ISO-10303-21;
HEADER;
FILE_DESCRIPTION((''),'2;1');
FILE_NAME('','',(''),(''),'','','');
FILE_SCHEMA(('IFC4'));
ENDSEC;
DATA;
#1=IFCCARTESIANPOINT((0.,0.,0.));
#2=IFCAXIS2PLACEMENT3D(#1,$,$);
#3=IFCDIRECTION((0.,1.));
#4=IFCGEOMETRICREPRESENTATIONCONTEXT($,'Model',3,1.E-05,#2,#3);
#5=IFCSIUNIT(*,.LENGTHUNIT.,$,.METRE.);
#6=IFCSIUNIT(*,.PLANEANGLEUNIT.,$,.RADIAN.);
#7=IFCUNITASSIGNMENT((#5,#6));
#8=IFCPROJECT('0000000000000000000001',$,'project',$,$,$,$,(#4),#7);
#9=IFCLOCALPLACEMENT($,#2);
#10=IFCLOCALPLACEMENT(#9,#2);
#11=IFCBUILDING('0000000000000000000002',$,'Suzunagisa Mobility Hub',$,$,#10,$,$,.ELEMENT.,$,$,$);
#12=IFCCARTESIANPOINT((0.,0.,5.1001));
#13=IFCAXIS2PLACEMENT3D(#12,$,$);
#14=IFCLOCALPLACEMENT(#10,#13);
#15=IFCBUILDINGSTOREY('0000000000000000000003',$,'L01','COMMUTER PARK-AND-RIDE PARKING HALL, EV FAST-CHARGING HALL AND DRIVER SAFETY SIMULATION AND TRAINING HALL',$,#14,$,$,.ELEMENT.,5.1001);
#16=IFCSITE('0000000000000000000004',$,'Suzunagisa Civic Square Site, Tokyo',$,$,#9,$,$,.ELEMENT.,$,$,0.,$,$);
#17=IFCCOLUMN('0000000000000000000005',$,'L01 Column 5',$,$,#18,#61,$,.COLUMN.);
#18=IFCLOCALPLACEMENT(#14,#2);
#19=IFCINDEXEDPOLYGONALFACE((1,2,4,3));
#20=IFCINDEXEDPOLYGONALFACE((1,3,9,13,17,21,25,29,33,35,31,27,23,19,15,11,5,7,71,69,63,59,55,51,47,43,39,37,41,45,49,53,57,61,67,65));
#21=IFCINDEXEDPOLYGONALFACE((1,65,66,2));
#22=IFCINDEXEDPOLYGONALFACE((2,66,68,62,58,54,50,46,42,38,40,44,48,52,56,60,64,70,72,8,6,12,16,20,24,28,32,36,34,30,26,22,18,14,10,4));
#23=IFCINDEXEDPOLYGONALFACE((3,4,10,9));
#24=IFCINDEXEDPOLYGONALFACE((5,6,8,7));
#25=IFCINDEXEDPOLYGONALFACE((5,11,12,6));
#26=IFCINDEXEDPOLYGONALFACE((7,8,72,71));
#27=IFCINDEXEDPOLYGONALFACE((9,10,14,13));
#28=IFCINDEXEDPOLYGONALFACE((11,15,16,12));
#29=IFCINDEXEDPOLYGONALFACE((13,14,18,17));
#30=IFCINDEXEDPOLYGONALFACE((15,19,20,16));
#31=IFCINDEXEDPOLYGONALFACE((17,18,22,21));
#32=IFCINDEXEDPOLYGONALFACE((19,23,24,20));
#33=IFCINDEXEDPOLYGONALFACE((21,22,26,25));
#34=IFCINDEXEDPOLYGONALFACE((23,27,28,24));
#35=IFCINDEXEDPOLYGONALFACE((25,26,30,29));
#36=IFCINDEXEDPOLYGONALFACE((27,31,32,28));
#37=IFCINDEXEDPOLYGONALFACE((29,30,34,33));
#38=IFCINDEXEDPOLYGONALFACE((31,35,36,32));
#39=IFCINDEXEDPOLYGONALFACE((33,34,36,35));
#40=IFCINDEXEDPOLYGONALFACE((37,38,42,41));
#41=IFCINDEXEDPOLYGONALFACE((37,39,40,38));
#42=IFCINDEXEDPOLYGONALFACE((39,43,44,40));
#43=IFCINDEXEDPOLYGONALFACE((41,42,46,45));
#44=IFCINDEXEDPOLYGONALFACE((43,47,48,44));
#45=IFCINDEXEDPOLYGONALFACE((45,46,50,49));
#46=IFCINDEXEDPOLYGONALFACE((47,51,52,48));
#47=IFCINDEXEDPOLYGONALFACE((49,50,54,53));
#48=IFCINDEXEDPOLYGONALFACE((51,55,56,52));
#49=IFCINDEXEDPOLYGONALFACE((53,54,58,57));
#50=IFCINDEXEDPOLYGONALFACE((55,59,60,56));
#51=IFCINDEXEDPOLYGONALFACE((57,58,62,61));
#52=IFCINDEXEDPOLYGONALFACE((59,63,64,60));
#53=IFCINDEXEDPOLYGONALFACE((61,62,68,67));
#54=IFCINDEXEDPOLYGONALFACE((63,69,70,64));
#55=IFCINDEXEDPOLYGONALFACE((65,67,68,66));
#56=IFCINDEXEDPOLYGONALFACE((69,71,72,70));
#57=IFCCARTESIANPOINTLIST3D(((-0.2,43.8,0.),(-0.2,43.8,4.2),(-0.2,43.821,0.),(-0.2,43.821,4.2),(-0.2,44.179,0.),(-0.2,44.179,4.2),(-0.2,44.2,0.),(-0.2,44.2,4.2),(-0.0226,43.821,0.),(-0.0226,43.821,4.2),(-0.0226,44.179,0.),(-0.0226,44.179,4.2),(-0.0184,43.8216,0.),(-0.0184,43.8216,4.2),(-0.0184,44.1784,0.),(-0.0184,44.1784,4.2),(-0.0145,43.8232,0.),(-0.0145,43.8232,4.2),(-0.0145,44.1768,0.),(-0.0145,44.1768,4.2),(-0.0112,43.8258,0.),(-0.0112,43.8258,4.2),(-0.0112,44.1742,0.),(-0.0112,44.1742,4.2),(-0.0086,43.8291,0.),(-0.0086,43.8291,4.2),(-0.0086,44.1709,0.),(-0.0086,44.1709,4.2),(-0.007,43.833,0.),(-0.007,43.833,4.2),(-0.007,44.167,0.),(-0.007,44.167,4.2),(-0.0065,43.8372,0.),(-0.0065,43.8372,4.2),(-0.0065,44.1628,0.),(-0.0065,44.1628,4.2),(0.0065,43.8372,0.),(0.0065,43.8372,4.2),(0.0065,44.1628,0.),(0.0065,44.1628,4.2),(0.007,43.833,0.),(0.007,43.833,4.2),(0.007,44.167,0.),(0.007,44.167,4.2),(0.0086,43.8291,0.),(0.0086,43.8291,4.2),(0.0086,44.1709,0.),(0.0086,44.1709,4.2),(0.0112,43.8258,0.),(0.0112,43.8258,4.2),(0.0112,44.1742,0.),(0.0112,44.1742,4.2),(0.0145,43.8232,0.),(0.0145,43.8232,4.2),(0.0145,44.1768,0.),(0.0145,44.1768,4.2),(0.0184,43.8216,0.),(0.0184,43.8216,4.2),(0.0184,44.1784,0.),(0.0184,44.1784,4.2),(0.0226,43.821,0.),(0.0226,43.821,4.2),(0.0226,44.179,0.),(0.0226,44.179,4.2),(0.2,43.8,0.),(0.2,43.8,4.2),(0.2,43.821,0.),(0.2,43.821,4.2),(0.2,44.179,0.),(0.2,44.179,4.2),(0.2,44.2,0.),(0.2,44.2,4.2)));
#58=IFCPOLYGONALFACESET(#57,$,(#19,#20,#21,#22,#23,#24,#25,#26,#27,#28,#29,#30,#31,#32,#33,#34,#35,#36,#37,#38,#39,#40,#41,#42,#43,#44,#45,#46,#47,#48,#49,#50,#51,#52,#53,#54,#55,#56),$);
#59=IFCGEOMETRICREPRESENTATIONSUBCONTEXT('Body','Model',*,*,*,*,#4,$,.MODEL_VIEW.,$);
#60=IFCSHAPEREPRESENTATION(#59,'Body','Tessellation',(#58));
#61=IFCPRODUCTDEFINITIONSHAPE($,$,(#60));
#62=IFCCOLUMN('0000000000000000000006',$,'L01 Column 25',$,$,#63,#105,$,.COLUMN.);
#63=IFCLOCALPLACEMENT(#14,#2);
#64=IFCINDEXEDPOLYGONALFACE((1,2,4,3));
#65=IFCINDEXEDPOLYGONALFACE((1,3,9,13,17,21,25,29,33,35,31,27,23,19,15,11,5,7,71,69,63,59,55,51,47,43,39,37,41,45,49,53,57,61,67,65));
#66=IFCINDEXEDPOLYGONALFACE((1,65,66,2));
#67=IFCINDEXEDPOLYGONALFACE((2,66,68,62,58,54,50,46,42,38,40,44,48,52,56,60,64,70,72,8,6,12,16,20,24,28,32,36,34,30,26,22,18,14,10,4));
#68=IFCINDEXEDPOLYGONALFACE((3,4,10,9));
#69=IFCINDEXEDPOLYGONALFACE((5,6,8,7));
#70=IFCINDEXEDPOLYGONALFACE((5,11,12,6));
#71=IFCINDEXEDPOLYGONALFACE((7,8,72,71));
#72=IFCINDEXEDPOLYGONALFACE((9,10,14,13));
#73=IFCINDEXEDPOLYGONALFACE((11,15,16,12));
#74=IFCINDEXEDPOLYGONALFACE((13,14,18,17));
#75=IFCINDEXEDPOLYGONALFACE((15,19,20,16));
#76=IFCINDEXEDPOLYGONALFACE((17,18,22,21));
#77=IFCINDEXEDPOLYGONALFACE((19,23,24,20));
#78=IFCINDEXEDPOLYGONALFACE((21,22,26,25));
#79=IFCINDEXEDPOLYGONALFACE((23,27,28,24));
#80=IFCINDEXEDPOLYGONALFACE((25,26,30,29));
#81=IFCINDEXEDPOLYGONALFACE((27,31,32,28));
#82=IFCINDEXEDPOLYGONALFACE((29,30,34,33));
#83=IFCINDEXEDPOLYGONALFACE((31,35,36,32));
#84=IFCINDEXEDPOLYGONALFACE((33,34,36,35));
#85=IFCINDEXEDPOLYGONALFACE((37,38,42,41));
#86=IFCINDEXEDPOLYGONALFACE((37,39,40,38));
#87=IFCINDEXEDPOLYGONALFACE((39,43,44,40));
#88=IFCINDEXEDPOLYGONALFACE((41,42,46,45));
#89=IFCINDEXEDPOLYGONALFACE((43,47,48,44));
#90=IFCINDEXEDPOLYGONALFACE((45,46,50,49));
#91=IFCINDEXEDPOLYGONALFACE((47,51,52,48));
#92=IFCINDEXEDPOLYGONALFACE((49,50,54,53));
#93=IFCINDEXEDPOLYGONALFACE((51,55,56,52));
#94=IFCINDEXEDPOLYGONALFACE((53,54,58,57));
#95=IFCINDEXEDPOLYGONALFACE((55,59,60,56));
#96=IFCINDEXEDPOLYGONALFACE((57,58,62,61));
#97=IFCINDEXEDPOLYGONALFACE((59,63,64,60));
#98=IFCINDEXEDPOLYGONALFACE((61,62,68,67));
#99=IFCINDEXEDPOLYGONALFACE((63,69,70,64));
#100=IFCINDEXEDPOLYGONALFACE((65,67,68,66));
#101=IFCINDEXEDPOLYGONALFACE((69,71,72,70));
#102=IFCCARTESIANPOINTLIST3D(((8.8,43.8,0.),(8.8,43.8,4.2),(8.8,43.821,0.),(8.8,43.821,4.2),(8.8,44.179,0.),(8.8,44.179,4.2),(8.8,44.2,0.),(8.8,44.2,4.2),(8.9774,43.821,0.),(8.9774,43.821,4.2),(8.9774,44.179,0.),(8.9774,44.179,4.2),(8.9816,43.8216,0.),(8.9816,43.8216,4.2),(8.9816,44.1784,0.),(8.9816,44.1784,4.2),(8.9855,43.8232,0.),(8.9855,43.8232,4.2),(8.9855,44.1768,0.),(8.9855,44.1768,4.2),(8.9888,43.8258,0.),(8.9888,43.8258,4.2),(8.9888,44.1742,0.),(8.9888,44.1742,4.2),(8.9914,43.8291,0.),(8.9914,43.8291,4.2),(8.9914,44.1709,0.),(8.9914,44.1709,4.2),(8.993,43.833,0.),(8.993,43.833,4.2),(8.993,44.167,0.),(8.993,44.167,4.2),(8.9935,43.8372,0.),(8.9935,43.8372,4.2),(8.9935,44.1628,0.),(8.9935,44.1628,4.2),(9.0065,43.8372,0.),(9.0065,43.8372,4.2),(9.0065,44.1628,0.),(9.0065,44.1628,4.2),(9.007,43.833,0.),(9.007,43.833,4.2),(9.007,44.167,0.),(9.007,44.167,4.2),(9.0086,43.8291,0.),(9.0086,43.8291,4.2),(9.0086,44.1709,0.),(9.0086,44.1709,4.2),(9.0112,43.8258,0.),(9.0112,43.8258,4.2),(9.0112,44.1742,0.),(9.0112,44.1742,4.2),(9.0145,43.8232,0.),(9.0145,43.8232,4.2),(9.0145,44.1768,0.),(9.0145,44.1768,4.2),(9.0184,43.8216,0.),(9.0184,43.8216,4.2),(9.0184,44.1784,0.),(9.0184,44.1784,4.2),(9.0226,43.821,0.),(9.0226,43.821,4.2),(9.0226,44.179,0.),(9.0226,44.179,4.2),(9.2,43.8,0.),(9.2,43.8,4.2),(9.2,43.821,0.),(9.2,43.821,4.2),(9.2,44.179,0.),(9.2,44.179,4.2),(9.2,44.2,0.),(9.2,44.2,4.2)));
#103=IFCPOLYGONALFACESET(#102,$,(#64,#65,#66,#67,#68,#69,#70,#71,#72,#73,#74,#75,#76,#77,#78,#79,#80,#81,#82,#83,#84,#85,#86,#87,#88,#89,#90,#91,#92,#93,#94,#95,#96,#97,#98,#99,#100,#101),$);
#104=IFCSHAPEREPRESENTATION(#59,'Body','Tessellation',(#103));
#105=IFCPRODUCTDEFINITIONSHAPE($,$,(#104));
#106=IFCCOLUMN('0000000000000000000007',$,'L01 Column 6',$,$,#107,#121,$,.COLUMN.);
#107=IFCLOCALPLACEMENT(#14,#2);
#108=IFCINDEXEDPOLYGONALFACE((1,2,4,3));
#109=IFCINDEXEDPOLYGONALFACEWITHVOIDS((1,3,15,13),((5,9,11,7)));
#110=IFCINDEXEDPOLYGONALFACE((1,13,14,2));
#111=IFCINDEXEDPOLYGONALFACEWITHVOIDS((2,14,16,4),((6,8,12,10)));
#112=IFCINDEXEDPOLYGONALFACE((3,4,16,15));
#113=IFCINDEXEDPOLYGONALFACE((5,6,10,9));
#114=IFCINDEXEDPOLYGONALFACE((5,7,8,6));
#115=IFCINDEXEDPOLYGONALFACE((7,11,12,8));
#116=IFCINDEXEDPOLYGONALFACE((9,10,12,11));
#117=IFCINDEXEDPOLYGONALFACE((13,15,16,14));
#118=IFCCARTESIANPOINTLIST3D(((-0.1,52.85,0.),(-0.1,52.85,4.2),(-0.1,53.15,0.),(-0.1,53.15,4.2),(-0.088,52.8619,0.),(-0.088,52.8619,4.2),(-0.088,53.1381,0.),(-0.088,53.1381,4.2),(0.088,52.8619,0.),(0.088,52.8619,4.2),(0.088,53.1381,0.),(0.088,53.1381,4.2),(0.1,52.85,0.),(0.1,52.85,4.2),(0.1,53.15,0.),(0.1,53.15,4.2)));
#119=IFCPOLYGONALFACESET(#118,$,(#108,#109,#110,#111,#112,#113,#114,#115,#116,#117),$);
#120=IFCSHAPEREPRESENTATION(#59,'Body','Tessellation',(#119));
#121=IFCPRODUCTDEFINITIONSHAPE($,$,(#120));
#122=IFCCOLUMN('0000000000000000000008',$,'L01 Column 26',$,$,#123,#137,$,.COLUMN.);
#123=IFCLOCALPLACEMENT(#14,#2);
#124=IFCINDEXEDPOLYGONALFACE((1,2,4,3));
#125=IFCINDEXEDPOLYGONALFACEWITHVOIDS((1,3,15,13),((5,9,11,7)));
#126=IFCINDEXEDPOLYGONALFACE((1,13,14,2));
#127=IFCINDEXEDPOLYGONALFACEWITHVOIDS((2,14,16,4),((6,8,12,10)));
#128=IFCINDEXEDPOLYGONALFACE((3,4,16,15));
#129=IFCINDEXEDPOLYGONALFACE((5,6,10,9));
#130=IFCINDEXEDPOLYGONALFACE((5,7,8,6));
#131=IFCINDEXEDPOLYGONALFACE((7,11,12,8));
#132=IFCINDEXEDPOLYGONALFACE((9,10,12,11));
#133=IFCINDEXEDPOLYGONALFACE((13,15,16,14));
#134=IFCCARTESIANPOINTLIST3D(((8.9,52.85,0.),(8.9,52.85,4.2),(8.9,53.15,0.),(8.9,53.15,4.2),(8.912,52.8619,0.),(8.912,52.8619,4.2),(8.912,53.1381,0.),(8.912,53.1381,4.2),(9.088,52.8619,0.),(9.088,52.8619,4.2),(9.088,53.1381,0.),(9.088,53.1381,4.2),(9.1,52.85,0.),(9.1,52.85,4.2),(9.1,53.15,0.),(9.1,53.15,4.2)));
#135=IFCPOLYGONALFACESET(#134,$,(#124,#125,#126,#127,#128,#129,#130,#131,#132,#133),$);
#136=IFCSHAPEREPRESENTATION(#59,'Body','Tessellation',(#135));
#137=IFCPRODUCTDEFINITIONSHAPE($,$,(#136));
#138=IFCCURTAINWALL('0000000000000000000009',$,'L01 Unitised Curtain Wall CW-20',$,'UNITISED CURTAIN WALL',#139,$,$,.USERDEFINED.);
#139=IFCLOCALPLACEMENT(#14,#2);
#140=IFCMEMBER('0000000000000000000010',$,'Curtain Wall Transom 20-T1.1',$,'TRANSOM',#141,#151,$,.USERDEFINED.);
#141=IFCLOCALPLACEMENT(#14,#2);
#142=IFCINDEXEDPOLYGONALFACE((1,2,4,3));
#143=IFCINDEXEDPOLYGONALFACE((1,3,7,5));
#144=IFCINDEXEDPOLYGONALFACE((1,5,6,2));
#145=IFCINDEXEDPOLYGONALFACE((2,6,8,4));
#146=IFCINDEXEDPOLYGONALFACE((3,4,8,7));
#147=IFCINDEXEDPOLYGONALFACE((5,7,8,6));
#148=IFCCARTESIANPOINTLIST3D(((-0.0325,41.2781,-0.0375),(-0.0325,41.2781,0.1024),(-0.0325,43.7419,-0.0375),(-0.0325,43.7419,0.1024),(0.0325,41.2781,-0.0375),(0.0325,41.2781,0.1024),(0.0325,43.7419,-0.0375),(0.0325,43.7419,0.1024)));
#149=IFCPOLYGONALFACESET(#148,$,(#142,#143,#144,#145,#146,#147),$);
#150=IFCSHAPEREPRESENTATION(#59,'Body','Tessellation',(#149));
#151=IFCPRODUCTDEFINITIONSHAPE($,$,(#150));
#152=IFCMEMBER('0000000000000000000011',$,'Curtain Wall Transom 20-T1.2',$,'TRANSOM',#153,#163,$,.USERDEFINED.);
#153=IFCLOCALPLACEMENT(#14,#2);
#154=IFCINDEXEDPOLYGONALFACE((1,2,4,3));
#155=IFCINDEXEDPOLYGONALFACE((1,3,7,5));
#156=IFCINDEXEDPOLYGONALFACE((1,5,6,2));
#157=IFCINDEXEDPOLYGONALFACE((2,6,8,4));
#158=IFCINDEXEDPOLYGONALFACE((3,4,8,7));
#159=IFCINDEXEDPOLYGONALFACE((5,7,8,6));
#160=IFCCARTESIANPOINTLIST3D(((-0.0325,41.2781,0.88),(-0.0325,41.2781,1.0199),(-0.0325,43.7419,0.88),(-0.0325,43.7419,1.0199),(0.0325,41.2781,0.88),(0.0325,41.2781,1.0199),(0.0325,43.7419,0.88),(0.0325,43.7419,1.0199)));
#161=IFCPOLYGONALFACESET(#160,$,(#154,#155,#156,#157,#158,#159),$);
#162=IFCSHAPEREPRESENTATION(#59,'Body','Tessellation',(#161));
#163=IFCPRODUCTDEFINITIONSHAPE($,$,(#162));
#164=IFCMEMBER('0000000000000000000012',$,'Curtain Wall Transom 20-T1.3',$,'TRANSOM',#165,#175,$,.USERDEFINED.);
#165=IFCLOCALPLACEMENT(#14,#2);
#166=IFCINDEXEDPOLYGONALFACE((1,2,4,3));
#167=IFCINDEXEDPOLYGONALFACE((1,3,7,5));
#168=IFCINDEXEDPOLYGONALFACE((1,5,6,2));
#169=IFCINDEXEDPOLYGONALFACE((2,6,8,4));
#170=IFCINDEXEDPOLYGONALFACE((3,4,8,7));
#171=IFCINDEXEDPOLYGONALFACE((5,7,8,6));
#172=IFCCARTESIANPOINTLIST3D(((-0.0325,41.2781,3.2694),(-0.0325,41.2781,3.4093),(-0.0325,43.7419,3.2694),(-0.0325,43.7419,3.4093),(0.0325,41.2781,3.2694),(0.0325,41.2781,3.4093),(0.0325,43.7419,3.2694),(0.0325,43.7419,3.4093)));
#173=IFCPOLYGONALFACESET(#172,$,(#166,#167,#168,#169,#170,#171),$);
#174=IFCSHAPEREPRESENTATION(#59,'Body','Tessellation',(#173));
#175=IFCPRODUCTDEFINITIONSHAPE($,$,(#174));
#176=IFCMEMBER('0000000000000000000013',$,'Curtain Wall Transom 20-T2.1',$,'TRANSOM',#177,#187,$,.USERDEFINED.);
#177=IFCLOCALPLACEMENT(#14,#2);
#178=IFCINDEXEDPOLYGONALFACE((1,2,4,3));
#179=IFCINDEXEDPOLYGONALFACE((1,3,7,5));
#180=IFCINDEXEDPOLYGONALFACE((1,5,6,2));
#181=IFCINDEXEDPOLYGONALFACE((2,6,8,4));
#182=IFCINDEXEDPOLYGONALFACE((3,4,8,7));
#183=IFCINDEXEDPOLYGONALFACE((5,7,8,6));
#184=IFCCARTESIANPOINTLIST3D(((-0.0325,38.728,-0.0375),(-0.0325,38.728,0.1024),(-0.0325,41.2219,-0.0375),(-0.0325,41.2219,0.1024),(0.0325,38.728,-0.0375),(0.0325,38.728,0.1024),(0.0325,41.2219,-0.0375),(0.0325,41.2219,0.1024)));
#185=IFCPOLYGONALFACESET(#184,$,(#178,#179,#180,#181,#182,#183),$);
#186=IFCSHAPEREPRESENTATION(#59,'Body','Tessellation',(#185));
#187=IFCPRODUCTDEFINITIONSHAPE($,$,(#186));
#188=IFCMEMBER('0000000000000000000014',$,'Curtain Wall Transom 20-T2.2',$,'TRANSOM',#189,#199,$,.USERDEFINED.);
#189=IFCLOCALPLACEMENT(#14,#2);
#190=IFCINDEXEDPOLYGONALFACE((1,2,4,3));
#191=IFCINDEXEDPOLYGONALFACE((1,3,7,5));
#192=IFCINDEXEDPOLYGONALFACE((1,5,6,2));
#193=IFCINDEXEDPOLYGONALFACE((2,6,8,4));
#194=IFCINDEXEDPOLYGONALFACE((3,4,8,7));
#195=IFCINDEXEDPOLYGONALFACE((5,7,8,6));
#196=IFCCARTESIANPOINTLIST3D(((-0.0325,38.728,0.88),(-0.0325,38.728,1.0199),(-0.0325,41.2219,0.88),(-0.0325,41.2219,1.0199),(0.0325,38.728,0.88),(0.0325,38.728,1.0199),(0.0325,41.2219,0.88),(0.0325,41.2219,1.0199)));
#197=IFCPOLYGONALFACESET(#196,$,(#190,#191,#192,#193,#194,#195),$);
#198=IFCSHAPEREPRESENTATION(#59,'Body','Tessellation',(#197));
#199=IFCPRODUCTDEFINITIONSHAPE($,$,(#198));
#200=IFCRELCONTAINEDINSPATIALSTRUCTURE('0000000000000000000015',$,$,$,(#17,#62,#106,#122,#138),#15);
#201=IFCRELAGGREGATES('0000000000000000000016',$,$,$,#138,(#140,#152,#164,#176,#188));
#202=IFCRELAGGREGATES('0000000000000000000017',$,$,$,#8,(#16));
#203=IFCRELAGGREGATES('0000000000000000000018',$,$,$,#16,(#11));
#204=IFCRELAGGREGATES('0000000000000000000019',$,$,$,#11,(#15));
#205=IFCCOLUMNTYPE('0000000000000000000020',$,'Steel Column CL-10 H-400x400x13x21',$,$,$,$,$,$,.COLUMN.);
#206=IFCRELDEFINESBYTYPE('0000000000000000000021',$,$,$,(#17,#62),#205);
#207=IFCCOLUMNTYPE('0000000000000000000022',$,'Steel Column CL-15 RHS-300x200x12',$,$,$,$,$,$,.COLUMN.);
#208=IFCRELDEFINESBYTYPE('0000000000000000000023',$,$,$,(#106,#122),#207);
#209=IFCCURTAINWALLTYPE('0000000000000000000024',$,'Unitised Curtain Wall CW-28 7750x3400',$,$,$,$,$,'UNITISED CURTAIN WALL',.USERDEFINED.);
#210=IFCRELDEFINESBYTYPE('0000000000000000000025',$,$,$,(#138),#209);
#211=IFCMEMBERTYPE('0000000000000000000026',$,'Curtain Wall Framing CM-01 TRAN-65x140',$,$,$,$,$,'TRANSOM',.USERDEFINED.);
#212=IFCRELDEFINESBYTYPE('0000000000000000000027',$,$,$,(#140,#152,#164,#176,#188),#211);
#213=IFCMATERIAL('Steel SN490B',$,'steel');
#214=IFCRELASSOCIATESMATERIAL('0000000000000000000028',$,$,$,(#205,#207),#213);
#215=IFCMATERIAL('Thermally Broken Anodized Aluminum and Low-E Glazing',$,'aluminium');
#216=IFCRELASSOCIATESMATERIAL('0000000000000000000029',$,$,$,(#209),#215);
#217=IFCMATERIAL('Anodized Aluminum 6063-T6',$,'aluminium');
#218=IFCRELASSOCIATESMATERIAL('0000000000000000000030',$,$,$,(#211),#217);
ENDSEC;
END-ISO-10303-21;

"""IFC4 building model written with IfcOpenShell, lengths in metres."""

from ifc_helpers import new_model, si_unit, direction, frame, origin, origin_2d, place, context, subcontext, project, spatial, rectangle, hollow_rectangle, i_section, extrude, material, material_profile, profile_set, type_object, element, aggregate, save


model = new_model("IFC4")

# Units and contexts
model_context = context("Model", 3, precision=1e-05, world=origin(), true_north=direction((0.0, 1.0)))
body_context = subcontext(model_context, "Body", "Model", "MODEL_VIEW")
ifc_project = project(units=[si_unit("LENGTHUNIT", "METRE"), si_unit("PLANEANGLEUNIT", "RADIAN")], contexts=[model_context])

# Site, building, storey
site_placement = place(None, origin())
site = spatial("IfcSite", under=ifc_project, at=site_placement, Name="Suzunagisa Civic Square Site, Tokyo", CompositionType="ELEMENT", RefElevation=0.0)
building_placement = place(site_placement, origin())
building = spatial("IfcBuilding", under=site, at=building_placement, Name="Suzunagisa Mobility Hub", CompositionType="ELEMENT")
storey_placement = place(building_placement, frame((0.0, 0.0, 5.1001)))
storey = spatial("IfcBuildingStorey", under=building, at=storey_placement, Name="L01", Description="COMMUTER PARK-AND-RIDE PARKING HALL, EV FAST-CHARGING HALL AND DRIVER SAFETY SIMULATION AND TRAINING HALL", CompositionType="ELEMENT", Elevation=5.1001)

# Columns
ifc_material_1 = material(Name="Steel SN490B", Category="steel")
ifc_material_profile_1 = material_profile(ifc_material_1, i_section(OverallWidth=0.3999, OverallDepth=0.3999, WebThickness=0.0129, FlangeThickness=0.021, FilletRadius=0.0161, at=origin_2d()), Name="H-400x400x13x21")
ifc_profile_set_1 = profile_set([ifc_material_profile_1], Name="Steel SN490B")
column_type_1 = type_object("IfcColumnType", Name="Steel Column CL-10 H-400x400x13x21", PredefinedType="COLUMN", material=ifc_profile_set_1)
for number, where, z_axis, x_axis, name in (
    (1, (0.0, 44.0, 0.0), (0.0, 0.0, 1.0), (1.0, 0.0, 0.0), "L01 Column 5"),
    (2, (9.0, 44.0, 0.0), (0.0, 0.0, 1.0), (1.0, 0.0, 0.0), "L01 Column 25"),
):
    element("IfcColumn", number, at=place(storey_placement, frame(where, z_axis=z_axis, x_axis=x_axis)), inside=storey, type_object=column_type_1, Name=name, PredefinedType="COLUMN", context=body_context, shape_type="SweptSolid", body=[
        extrude(i_section(OverallWidth=0.3999, OverallDepth=0.3999, WebThickness=0.0129, FlangeThickness=0.021, FilletRadius=0.0161, at=origin_2d()), origin(), (0.0, 0.0, 1.0), 4.2),
    ])
ifc_material_profile_2 = material_profile(ifc_material_1, hollow_rectangle(XDim=0.2, YDim=0.3, WallThickness=0.012, at=origin_2d()), Name="RHS-300x200x12")
ifc_profile_set_2 = profile_set([ifc_material_profile_2], Name="Steel SN490B")
column_type_2 = type_object("IfcColumnType", Name="Steel Column CL-15 RHS-300x200x12", PredefinedType="COLUMN", material=ifc_profile_set_2)
for number, where, z_axis, x_axis, name in (
    (3, (0.0, 53.0, 0.0), (0.0, 0.0, 1.0), (1.0, 0.0, 0.0), "L01 Column 6"),
    (4, (9.0, 53.0, 0.0), (0.0, 0.0, 1.0), (1.0, 0.0, 0.0), "L01 Column 26"),
):
    element("IfcColumn", number, at=place(storey_placement, frame(where, z_axis=z_axis, x_axis=x_axis)), inside=storey, type_object=column_type_2, Name=name, PredefinedType="COLUMN", context=body_context, shape_type="SweptSolid", body=[
        extrude(hollow_rectangle(XDim=0.2, YDim=0.3, WallThickness=0.012, at=origin_2d()), origin(), (0.0, 0.0, 1.0), 4.2),
    ])

# Curtain wall, members
ifc_material_2 = material(Name="Thermally Broken Anodized Aluminum and Low-E Glazing", Category="aluminium")
curtain_wall_type = type_object("IfcCurtainWallType", Name="Unitised Curtain Wall CW-28 7750x3400", ElementType="UNITISED CURTAIN WALL", PredefinedType="USERDEFINED", material=ifc_material_2)
curtain_wall_placement = place(storey_placement, origin())
curtain_wall = element("IfcCurtainWall", 5, at=curtain_wall_placement, inside=storey, type_object=curtain_wall_type, Name="L01 Unitised Curtain Wall CW-20", ObjectType="UNITISED CURTAIN WALL", PredefinedType="USERDEFINED")
ifc_material_3 = material(Name="Anodized Aluminum 6063-T6", Category="aluminium")
ifc_material_profile_3 = material_profile(ifc_material_3, rectangle(XDim=0.0649, YDim=0.1399, at=origin_2d()), Name="TRAN-65x140")
ifc_profile_set_3 = profile_set([ifc_material_profile_3], Name="Anodized Aluminum 6063-T6")
member_type_1 = type_object("IfcMemberType", Name="Curtain Wall Framing CM-01 TRAN-65x140", ElementType="TRANSOM", PredefinedType="USERDEFINED", material=ifc_profile_set_3)
member_1_placement = place(storey_placement, frame((0.0, 43.7419, 0.0325), z_axis=(0.0, -1.0, 0.0), x_axis=(1.0, 0.0, 0.0)))
member_1 = element("IfcMember", 6, at=member_1_placement, type_object=member_type_1, Name="Curtain Wall Transom 20-T1.1", ObjectType="TRANSOM", PredefinedType="USERDEFINED", context=body_context, shape_type="SweptSolid", body=[
    extrude(rectangle(XDim=0.0649, YDim=0.1399, at=origin_2d()), origin(), (0.0, 0.0, 1.0), 2.4639),
])
member_2_placement = place(storey_placement, frame((0.0, 43.7419, 0.95), z_axis=(0.0, -1.0, 0.0), x_axis=(1.0, 0.0, 0.0)))
member_2 = element("IfcMember", 7, at=member_2_placement, type_object=member_type_1, Name="Curtain Wall Transom 20-T1.2", ObjectType="TRANSOM", PredefinedType="USERDEFINED", context=body_context, shape_type="SweptSolid", body=[
    extrude(rectangle(XDim=0.0649, YDim=0.1399, at=origin_2d()), origin(), (0.0, 0.0, 1.0), 2.4639),
])
member_3_placement = place(storey_placement, frame((0.0, 43.7419, 3.3394), z_axis=(0.0, -1.0, 0.0), x_axis=(1.0, 0.0, 0.0)))
member_3 = element("IfcMember", 8, at=member_3_placement, type_object=member_type_1, Name="Curtain Wall Transom 20-T1.3", ObjectType="TRANSOM", PredefinedType="USERDEFINED", context=body_context, shape_type="SweptSolid", body=[
    extrude(rectangle(XDim=0.0649, YDim=0.1399, at=origin_2d()), origin(), (0.0, 0.0, 1.0), 2.4639),
])
member_4_placement = place(storey_placement, frame((0.0, 41.2219, 0.0325), z_axis=(0.0, -1.0, 0.0), x_axis=(1.0, 0.0, 0.0)))
member_4 = element("IfcMember", 9, at=member_4_placement, type_object=member_type_1, Name="Curtain Wall Transom 20-T2.1", ObjectType="TRANSOM", PredefinedType="USERDEFINED", context=body_context, shape_type="SweptSolid", body=[
    extrude(rectangle(XDim=0.0649, YDim=0.1399, at=origin_2d()), origin(), (0.0, 0.0, 1.0), 2.4939),
])
member_5_placement = place(storey_placement, frame((0.0, 41.2219, 0.95), z_axis=(0.0, -1.0, 0.0), x_axis=(1.0, 0.0, 0.0)))
member_5 = element("IfcMember", 10, at=member_5_placement, type_object=member_type_1, Name="Curtain Wall Transom 20-T2.2", ObjectType="TRANSOM", PredefinedType="USERDEFINED", context=body_context, shape_type="SweptSolid", body=[
    extrude(rectangle(XDim=0.0649, YDim=0.1399, at=origin_2d()), origin(), (0.0, 0.0, 1.0), 2.4939),
])

aggregate(curtain_wall, [member_1, member_2, member_3, member_4, member_5])

save(model, "model.ifc")
